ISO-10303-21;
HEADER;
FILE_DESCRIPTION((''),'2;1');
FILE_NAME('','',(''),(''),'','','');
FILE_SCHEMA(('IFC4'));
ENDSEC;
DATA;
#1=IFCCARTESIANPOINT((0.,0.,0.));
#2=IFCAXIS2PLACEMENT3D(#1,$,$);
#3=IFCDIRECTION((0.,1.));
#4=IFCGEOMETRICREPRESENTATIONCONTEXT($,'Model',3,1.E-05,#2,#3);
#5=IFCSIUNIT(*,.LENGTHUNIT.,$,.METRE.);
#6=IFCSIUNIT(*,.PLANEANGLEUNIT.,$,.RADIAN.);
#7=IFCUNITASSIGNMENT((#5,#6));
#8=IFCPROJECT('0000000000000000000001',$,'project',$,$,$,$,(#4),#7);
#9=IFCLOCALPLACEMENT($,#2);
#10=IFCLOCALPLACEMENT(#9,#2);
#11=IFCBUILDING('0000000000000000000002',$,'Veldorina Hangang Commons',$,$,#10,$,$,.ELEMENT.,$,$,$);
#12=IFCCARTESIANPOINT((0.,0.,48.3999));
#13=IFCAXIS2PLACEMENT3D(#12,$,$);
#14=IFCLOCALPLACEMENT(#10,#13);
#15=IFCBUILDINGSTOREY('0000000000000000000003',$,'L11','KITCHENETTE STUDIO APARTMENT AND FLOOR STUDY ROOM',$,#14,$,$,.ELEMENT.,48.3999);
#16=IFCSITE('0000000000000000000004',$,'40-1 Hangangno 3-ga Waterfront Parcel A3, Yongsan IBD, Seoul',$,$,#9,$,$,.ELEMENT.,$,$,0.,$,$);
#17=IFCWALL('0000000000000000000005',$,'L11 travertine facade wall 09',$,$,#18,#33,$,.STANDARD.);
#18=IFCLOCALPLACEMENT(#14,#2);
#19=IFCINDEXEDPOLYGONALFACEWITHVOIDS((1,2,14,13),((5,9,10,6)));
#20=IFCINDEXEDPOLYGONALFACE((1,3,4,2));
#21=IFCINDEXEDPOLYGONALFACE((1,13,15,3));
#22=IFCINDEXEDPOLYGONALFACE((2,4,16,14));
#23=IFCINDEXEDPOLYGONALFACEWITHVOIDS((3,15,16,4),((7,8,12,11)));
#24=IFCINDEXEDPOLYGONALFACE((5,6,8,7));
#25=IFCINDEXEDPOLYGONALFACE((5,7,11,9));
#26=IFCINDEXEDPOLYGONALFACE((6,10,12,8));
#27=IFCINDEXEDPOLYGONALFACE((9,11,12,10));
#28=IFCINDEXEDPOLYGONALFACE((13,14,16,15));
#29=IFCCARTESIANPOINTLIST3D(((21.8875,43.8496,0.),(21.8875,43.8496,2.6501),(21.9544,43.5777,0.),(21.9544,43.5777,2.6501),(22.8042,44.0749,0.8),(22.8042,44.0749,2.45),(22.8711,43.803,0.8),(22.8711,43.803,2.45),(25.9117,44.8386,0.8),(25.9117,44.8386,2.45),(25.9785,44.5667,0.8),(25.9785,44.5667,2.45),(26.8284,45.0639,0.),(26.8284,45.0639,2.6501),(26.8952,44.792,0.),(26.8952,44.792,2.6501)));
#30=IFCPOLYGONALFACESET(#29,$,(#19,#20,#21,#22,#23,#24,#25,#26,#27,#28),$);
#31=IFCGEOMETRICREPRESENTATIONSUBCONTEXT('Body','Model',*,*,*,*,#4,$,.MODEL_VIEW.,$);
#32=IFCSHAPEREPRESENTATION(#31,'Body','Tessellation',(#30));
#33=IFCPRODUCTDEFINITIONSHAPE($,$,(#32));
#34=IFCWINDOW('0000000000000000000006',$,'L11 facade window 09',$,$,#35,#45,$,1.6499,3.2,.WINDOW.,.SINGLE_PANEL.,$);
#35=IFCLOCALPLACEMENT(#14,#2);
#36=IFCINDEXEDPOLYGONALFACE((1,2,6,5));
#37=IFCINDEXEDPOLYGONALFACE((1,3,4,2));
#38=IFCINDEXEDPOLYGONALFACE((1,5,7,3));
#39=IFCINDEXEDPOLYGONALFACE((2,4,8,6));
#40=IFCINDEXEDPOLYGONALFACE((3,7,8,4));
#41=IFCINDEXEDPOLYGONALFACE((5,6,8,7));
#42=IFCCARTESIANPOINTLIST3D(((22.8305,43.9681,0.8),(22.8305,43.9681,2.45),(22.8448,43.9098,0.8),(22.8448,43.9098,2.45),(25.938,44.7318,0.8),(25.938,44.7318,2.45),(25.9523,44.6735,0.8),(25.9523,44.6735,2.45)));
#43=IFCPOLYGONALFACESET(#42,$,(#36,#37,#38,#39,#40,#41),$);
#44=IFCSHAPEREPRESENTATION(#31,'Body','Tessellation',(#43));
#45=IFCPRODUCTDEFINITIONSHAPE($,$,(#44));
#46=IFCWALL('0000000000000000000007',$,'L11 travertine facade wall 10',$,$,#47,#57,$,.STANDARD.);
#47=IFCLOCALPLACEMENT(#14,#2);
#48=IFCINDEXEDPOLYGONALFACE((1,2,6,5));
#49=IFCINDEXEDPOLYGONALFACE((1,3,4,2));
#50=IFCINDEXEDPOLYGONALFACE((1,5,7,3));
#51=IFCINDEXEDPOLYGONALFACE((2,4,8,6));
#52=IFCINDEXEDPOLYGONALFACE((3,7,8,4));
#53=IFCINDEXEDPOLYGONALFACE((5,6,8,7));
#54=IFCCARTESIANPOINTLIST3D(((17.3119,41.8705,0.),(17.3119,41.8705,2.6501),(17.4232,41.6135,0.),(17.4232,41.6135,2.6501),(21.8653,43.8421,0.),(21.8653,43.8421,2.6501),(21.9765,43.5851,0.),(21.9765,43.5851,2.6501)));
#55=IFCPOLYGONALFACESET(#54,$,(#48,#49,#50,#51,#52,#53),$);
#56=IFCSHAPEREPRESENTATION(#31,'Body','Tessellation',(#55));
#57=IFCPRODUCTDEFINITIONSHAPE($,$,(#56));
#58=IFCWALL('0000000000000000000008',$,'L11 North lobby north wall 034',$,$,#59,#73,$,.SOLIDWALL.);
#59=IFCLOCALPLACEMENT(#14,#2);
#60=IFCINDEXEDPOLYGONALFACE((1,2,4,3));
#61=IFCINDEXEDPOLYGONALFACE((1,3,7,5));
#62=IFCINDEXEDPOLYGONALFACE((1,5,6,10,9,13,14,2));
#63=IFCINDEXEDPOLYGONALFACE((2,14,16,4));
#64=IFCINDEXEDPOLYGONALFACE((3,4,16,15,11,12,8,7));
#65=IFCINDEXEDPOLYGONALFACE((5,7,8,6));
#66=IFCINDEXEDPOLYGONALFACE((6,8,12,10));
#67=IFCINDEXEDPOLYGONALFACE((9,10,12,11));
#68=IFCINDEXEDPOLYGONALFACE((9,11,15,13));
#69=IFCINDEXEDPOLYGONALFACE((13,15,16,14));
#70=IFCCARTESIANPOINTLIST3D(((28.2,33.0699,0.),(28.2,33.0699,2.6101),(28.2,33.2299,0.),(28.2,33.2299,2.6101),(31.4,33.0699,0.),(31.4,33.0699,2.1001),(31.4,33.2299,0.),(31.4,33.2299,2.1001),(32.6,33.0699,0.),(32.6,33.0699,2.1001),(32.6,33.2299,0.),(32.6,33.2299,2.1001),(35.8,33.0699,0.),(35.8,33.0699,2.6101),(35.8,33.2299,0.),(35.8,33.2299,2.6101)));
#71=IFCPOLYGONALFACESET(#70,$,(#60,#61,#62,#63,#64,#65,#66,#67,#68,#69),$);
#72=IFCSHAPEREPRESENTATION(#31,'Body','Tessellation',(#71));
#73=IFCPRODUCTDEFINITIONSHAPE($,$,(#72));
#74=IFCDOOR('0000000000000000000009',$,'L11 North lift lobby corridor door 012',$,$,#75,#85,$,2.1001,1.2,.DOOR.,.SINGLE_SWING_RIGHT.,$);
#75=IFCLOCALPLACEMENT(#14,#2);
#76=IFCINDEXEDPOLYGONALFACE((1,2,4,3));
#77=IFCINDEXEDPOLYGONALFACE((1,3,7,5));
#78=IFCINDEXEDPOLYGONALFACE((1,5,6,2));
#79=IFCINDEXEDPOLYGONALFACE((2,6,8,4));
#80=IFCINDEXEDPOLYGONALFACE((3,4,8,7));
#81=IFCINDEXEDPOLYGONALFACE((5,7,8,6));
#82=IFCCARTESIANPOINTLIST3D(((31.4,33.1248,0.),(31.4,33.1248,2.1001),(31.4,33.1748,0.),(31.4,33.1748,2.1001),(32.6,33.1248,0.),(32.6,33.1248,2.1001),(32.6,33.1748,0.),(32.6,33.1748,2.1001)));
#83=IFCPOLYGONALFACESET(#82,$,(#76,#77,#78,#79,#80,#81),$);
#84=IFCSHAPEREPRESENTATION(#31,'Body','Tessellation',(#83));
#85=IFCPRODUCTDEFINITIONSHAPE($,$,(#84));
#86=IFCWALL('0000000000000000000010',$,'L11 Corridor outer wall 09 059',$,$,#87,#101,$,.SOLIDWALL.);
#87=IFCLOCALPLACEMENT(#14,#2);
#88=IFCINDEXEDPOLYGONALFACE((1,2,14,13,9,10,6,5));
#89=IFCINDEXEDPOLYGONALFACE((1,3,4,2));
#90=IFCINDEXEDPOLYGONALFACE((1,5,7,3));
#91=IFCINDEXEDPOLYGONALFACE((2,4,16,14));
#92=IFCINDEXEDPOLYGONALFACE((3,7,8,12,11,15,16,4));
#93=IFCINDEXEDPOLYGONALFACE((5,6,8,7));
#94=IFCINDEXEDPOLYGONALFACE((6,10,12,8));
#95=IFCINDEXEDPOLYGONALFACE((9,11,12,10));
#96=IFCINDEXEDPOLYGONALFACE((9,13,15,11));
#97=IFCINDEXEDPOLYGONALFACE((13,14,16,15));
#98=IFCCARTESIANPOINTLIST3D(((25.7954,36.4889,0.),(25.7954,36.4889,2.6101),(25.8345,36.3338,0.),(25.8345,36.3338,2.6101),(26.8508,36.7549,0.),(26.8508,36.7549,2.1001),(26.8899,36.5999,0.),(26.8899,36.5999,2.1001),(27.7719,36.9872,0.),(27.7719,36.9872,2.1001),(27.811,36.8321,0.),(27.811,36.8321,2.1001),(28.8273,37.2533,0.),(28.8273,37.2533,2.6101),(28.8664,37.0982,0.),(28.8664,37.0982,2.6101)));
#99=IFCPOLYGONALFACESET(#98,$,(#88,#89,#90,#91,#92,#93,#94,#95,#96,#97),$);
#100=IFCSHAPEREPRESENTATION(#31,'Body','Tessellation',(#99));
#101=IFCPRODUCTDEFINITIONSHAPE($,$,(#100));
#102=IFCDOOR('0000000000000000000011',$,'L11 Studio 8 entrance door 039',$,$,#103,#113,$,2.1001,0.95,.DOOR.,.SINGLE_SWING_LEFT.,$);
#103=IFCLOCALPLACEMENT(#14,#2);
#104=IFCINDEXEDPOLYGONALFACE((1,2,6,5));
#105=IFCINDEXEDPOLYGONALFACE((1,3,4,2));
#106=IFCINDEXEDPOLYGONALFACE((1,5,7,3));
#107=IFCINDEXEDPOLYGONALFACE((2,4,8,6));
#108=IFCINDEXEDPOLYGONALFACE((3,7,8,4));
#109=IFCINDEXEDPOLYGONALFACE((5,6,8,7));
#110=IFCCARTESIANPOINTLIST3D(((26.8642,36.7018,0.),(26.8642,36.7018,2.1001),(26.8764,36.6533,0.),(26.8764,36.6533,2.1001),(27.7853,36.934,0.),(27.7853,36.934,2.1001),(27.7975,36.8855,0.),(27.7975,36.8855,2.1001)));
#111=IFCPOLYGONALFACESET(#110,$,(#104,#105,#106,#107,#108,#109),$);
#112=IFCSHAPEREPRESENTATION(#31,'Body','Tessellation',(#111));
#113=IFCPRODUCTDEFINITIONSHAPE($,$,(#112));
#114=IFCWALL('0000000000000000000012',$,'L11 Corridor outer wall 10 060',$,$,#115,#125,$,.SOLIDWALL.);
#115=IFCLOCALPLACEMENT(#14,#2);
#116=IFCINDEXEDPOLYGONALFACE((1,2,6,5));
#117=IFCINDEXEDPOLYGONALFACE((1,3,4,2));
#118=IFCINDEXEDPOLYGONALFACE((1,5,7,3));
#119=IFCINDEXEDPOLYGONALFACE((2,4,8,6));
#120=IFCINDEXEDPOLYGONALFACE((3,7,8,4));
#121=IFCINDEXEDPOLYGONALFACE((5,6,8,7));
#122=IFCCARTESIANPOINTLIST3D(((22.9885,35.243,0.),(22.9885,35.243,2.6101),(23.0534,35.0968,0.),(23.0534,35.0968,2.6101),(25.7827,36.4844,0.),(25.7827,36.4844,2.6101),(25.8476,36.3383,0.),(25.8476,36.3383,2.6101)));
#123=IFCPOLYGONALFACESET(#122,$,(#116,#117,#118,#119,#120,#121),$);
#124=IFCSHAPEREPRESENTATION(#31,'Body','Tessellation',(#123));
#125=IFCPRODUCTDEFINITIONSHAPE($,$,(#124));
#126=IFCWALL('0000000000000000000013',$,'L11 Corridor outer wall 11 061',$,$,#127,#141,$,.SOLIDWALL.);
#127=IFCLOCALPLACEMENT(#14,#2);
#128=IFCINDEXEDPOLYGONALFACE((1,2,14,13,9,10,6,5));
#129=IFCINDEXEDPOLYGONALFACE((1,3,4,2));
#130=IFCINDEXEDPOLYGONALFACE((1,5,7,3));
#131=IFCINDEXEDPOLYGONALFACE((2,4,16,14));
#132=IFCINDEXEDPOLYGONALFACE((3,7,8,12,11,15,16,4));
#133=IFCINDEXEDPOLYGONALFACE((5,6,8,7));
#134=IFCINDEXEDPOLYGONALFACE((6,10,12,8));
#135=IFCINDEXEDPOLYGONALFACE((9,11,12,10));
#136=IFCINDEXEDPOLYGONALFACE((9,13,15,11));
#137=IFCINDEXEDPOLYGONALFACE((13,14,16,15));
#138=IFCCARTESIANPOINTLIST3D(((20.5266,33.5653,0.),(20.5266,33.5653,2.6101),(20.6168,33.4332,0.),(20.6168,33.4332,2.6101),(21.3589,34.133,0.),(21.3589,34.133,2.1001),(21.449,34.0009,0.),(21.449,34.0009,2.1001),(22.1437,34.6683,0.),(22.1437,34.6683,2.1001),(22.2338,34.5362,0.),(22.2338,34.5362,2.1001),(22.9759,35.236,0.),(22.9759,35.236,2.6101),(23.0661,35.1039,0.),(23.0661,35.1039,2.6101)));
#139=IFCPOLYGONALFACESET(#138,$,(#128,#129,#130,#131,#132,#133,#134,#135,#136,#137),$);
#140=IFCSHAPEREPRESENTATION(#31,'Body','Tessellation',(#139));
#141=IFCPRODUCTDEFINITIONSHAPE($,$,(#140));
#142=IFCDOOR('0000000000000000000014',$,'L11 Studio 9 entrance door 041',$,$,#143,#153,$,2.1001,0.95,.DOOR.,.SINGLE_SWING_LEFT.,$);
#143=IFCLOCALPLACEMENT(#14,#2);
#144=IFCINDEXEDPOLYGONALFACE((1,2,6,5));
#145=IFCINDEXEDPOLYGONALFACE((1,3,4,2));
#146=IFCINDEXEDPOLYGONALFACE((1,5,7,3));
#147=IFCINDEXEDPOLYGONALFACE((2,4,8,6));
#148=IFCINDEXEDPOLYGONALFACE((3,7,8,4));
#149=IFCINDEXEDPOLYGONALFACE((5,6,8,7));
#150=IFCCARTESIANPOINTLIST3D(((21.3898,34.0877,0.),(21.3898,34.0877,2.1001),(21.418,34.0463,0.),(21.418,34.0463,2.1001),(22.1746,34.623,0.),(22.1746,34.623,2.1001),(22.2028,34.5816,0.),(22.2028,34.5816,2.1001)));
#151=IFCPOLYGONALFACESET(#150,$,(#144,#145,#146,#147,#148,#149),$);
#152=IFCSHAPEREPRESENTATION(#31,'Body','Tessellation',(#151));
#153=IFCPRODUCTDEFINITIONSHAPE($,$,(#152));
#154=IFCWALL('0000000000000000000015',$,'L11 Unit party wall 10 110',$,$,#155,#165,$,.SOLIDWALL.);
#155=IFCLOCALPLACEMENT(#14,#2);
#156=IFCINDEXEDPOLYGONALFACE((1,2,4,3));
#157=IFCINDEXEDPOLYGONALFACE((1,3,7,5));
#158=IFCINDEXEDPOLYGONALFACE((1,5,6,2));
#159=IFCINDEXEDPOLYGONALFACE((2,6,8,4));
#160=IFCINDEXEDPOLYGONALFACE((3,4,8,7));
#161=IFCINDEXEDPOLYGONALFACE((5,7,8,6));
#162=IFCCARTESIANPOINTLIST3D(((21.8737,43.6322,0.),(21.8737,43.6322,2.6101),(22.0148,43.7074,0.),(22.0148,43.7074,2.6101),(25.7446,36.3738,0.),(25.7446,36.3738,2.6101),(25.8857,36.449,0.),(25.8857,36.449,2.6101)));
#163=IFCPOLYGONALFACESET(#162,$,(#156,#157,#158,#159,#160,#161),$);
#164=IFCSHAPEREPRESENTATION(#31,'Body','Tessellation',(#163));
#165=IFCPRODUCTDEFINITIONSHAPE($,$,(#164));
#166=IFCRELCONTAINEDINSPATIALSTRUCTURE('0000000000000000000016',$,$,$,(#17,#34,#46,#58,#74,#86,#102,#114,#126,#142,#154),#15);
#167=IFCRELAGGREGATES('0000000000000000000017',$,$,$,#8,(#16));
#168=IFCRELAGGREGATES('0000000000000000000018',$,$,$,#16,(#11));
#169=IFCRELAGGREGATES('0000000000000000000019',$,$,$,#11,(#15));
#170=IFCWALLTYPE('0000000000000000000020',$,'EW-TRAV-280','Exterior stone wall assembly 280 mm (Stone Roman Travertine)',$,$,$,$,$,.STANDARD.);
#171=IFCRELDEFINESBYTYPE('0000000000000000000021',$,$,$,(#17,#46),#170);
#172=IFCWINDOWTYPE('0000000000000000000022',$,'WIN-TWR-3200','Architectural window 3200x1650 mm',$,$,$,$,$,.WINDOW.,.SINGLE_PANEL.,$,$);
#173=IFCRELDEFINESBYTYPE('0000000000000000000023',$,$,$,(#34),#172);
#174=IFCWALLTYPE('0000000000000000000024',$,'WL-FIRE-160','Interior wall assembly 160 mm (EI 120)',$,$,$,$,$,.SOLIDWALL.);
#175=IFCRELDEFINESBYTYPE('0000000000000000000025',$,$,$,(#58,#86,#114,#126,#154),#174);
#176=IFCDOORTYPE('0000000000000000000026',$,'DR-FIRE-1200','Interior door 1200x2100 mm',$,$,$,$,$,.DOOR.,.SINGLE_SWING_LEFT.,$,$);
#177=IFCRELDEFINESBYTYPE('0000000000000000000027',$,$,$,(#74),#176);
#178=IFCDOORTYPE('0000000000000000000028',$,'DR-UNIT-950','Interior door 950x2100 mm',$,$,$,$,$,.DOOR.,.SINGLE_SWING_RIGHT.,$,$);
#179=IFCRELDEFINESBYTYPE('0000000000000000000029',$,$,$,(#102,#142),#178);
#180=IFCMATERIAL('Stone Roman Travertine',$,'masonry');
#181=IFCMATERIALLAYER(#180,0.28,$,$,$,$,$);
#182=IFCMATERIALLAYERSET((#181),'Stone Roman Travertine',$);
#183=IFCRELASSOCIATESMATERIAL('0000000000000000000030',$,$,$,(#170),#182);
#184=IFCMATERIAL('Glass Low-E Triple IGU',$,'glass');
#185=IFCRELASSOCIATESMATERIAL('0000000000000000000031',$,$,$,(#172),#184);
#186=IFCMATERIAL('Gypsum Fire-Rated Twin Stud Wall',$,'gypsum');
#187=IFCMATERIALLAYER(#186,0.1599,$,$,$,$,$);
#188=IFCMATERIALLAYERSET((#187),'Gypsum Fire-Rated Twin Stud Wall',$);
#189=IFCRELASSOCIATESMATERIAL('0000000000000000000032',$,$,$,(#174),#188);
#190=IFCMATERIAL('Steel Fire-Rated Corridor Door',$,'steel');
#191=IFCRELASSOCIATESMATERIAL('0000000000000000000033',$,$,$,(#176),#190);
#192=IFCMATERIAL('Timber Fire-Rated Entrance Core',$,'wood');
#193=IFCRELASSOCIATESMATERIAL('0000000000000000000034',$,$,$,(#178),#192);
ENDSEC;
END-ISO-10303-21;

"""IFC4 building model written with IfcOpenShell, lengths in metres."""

from ifc_helpers import new_model, si_unit, direction, frame, frame_2d, origin, place, context, subcontext, project, spatial, rectangle, extrude, material, layer, layer_set, type_object, element, fill, save


model = new_model("IFC4")

# Units and contexts
model_context = context("Model", 3, precision=1e-05, world=origin(), true_north=direction((0.0, 1.0)))
body_context = subcontext(model_context, "Body", "Model", "MODEL_VIEW")
ifc_project = project(units=[si_unit("LENGTHUNIT", "METRE"), si_unit("PLANEANGLEUNIT", "RADIAN")], contexts=[model_context])

# Site, building, storey
site_placement = place(None, origin())
site = spatial("IfcSite", under=ifc_project, at=site_placement, Name="40-1 Hangangno 3-ga Waterfront Parcel A3, Yongsan IBD, Seoul", CompositionType="ELEMENT", RefElevation=0.0)
building_placement = place(site_placement, origin())
building = spatial("IfcBuilding", under=site, at=building_placement, Name="Veldorina Hangang Commons", CompositionType="ELEMENT")
storey_placement = place(building_placement, frame((0.0, 0.0, 48.3999)))
storey = spatial("IfcBuildingStorey", under=building, at=storey_placement, Name="L11", Description="KITCHENETTE STUDIO APARTMENT AND FLOOR STUDY ROOM", CompositionType="ELEMENT", Elevation=48.3999)

# Wall, opening, window
ifc_material_1 = material(Name="Stone Roman Travertine", Category="masonry")
ifc_layer_1 = layer(ifc_material_1, 0.28)
ifc_layer_set_1 = layer_set([ifc_layer_1], Name="Stone Roman Travertine")
wall_type_1 = type_object("IfcWallType", Name="EW-TRAV-280", Description="Exterior stone wall assembly 280 mm (Stone Roman Travertine)", PredefinedType="STANDARD", material=ifc_layer_set_1)
wall_1_placement = place(storey_placement, frame((26.8618, 44.928, 0.0), z_axis=(0.0, 0.0, 1.0), x_axis=(-0.9711, -0.238672, 0.0)))
wall_1 = element("IfcWall", 1, at=wall_1_placement, inside=storey, type_object=wall_type_1, Name="L11 travertine facade wall 09", PredefinedType="STANDARD", context=body_context, shape_type="SweptSolid", body=[
    extrude(rectangle(XDim=5.0879, YDim=0.28, at=frame_2d((2.5439, 0.0))), origin(), (0.0, 0.0, 1.0), 2.6501),
])
opening_1_placement = place(wall_1_placement, frame((0.9438, 0.0, 0.8)))
opening_1 = element("IfcOpeningElement", 2, at=opening_1_placement, cuts=wall_1, PredefinedType="OPENING", context=body_context, shape_type="SweptSolid", body=[
    extrude(rectangle(XDim=3.2, YDim=1.6499, at=frame_2d((1.6001, 0.825))), frame((0.0, 0.1499, 0.0), z_axis=(0.0, -1.0, 0.0), x_axis=(1.0, 0.0, 0.0)), (0.0, 0.0, 1.0), 0.3),
])
ifc_material_2 = material(Name="Glass Low-E Triple IGU", Category="glass")
window_type = type_object("IfcWindowType", Name="WIN-TWR-3200", Description="Architectural window 3200x1650 mm", PartitioningType="SINGLE_PANEL", PredefinedType="WINDOW", material=ifc_material_2)
window_placement = place(opening_1_placement, origin())
window = element("IfcWindow", 3, at=window_placement, inside=storey, type_object=window_type, Name="L11 facade window 09", OverallHeight=1.6499, OverallWidth=3.2, PartitioningType="SINGLE_PANEL", PredefinedType="WINDOW", context=body_context, shape_type="SweptSolid", body=[
    extrude(rectangle(XDim=3.2, YDim=1.6499, at=frame_2d((1.6001, 0.825))), frame((0.0, 0.03, 0.0), z_axis=(0.0, -1.0, 0.0), x_axis=(1.0, 0.0, 0.0)), (0.0, 0.0, 1.0), 0.0601),
])
fill(opening_1, window)

# Wall
wall_2_placement = place(storey_placement, frame((21.9209, 43.7136, 0.0), z_axis=(0.0, 0.0, 1.0), x_axis=(-0.917665, -0.397355, 0.0)))
element("IfcWall", 4, at=wall_2_placement, inside=storey, type_object=wall_type_1, Name="L11 travertine facade wall 10", PredefinedType="STANDARD", context=body_context, shape_type="SweptSolid", body=[
    extrude(rectangle(XDim=4.9619, YDim=0.28, at=frame_2d((2.481, 0.0))), origin(), (0.0, 0.0, 1.0), 2.6501),
])

# Walls, openings, doors
ifc_material_3 = material(Name="Gypsum Fire-Rated Twin Stud Wall", Category="gypsum")
ifc_layer_2 = layer(ifc_material_3, 0.1599)
ifc_layer_set_2 = layer_set([ifc_layer_2], Name="Gypsum Fire-Rated Twin Stud Wall")
wall_type_2 = type_object("IfcWallType", Name="WL-FIRE-160", Description="Interior wall assembly 160 mm (EI 120)", PredefinedType="SOLIDWALL", material=ifc_layer_set_2)
wall_3_placement = place(storey_placement, frame((28.2, 33.1499, 0.0), z_axis=(0.0, 0.0, 1.0), x_axis=(1.0, 0.0, 0.0)))
wall_3 = element("IfcWall", 5, at=wall_3_placement, inside=storey, type_object=wall_type_2, Name="L11 North lobby north wall 034", PredefinedType="SOLIDWALL", context=body_context, shape_type="SweptSolid", body=[
    extrude(rectangle(XDim=7.6001, YDim=0.1599, at=frame_2d((3.8, 0.0))), origin(), (0.0, 0.0, 1.0), 2.6101),
])
opening_2_placement = place(wall_3_placement, frame((3.2, 0.0, 0.0)))
opening_2 = element("IfcOpeningElement", 6, at=opening_2_placement, cuts=wall_3, PredefinedType="OPENING", context=body_context, shape_type="SweptSolid", body=[
    extrude(rectangle(XDim=1.2, YDim=2.1001, at=frame_2d((0.6001, 1.05))), frame((0.0, 0.0898, 0.0), z_axis=(0.0, -1.0, 0.0), x_axis=(1.0, 0.0, 0.0)), (0.0, 0.0, 1.0), 0.1799),
])
ifc_material_4 = material(Name="Steel Fire-Rated Corridor Door", Category="steel")
door_type_1 = type_object("IfcDoorType", Name="DR-FIRE-1200", Description="Interior door 1200x2100 mm", OperationType="SINGLE_SWING_LEFT", PredefinedType="DOOR", material=ifc_material_4)
door_1_placement = place(opening_2_placement, origin())
door_1 = element("IfcDoor", 7, at=door_1_placement, inside=storey, type_object=door_type_1, Name="L11 North lift lobby corridor door 012", OperationType="SINGLE_SWING_RIGHT", OverallHeight=2.1001, OverallWidth=1.2, PredefinedType="DOOR", context=body_context, shape_type="SweptSolid", body=[
    extrude(rectangle(XDim=1.2, YDim=2.1001, at=frame_2d((0.6001, 1.05))), frame((0.0, 0.0249, 0.0), z_axis=(0.0, -1.0, 0.0), x_axis=(1.0, 0.0, 0.0)), (0.0, 0.0, 1.0), 0.05),
])
fill(opening_2, door_1)
wall_4_placement = place(storey_placement, frame((28.8469, 37.1758, 0.0), z_axis=(0.0, 0.0, 1.0), x_axis=(-0.969654, -0.244483, 0.0)))
wall_4 = element("IfcWall", 8, at=wall_4_placement, inside=storey, type_object=wall_type_2, Name="L11 Corridor outer wall 09 059", PredefinedType="SOLIDWALL", context=body_context, shape_type="SweptSolid", body=[
    extrude(rectangle(XDim=3.1267, YDim=0.1599, at=frame_2d((1.5635, 0.0))), origin(), (0.0, 0.0, 1.0), 2.6101),
])
opening_3_placement = place(wall_4_placement, frame((1.0884, 0.0, 0.0)))
opening_3 = element("IfcOpeningElement", 9, at=opening_3_placement, cuts=wall_4, PredefinedType="OPENING", context=body_context, shape_type="SweptSolid", body=[
    extrude(rectangle(XDim=0.95, YDim=2.1001, at=frame_2d((0.4751, 1.05))), frame((0.0, 0.0898, 0.0), z_axis=(0.0, -1.0, 0.0), x_axis=(1.0, 0.0, 0.0)), (0.0, 0.0, 1.0), 0.1799),
])
ifc_material_5 = material(Name="Timber Fire-Rated Entrance Core", Category="wood")
door_type_2 = type_object("IfcDoorType", Name="DR-UNIT-950", Description="Interior door 950x2100 mm", OperationType="SINGLE_SWING_RIGHT", PredefinedType="DOOR", material=ifc_material_5)
door_2_placement = place(opening_3_placement, origin())
door_2 = element("IfcDoor", 10, at=door_2_placement, inside=storey, type_object=door_type_2, Name="L11 Studio 8 entrance door 039", OperationType="SINGLE_SWING_LEFT", OverallHeight=2.1001, OverallWidth=0.95, PredefinedType="DOOR", context=body_context, shape_type="SweptSolid", body=[
    extrude(rectangle(XDim=0.95, YDim=2.1001, at=frame_2d((0.4751, 1.05))), frame((0.0, 0.0249, 0.0), z_axis=(0.0, -1.0, 0.0), x_axis=(1.0, 0.0, 0.0)), (0.0, 0.0, 1.0), 0.05),
])
fill(opening_3, door_2)

# Wall
wall_5_placement = place(storey_placement, frame((25.8152, 36.4114, 0.0), z_axis=(0.0, 0.0, 1.0), x_axis=(-0.913861, -0.406027, 0.0)))
element("IfcWall", 11, at=wall_5_placement, inside=storey, type_object=wall_type_2, Name="L11 Corridor outer wall 10 060", PredefinedType="SOLIDWALL", context=body_context, shape_type="SweptSolid", body=[
    extrude(rectangle(XDim=3.0576, YDim=0.1599, at=frame_2d((1.5288, 0.0))), origin(), (0.0, 0.0, 1.0), 2.6101),
])

# Wall, opening, door
wall_6_placement = place(storey_placement, frame((23.021, 35.1699, 0.0), z_axis=(0.0, 0.0, 1.0), x_axis=(-0.826112, -0.563505, 0.0)))
wall_6 = element("IfcWall", 12, at=wall_6_placement, inside=storey, type_object=wall_type_2, Name="L11 Corridor outer wall 11 061", PredefinedType="SOLIDWALL", context=body_context, shape_type="SweptSolid", body=[
    extrude(rectangle(XDim=2.9648, YDim=0.1599, at=frame_2d((1.4824, 0.0))), origin(), (0.0, 0.0, 1.0), 2.6101),
])
opening_4_placement = place(wall_6_placement, frame((1.0073, 0.0, 0.0)))
opening_4 = element("IfcOpeningElement", 13, at=opening_4_placement, cuts=wall_6, PredefinedType="OPENING", context=body_context, shape_type="SweptSolid", body=[
    extrude(rectangle(XDim=0.95, YDim=2.1001, at=frame_2d((0.4751, 1.05))), frame((0.0, 0.0898, 0.0), z_axis=(0.0, -1.0, 0.0), x_axis=(1.0, 0.0, 0.0)), (0.0, 0.0, 1.0), 0.1799),
])
door_3_placement = place(opening_4_placement, origin())
door_3 = element("IfcDoor", 14, at=door_3_placement, inside=storey, type_object=door_type_2, Name="L11 Studio 9 entrance door 041", OperationType="SINGLE_SWING_LEFT", OverallHeight=2.1001, OverallWidth=0.95, PredefinedType="DOOR", context=body_context, shape_type="SweptSolid", body=[
    extrude(rectangle(XDim=0.95, YDim=2.1001, at=frame_2d((0.4751, 1.05))), frame((0.0, 0.0249, 0.0), z_axis=(0.0, -1.0, 0.0), x_axis=(1.0, 0.0, 0.0)), (0.0, 0.0, 1.0), 0.05),
])
fill(opening_4, door_3)

# Wall
wall_7_placement = place(storey_placement, frame((25.8152, 36.4114, 0.0), z_axis=(0.0, 0.0, 1.0), x_axis=(-0.470565, 0.882365, 0.0)))
element("IfcWall", 15, at=wall_7_placement, inside=storey, type_object=wall_type_2, Name="L11 Unit party wall 10 110", PredefinedType="SOLIDWALL", context=body_context, shape_type="SweptSolid", body=[
    extrude(rectangle(XDim=8.2261, YDim=0.1599, at=frame_2d((4.113, 0.0))), origin(), (0.0, 0.0, 1.0), 2.6101),
])

save(model, "model.ifc")
